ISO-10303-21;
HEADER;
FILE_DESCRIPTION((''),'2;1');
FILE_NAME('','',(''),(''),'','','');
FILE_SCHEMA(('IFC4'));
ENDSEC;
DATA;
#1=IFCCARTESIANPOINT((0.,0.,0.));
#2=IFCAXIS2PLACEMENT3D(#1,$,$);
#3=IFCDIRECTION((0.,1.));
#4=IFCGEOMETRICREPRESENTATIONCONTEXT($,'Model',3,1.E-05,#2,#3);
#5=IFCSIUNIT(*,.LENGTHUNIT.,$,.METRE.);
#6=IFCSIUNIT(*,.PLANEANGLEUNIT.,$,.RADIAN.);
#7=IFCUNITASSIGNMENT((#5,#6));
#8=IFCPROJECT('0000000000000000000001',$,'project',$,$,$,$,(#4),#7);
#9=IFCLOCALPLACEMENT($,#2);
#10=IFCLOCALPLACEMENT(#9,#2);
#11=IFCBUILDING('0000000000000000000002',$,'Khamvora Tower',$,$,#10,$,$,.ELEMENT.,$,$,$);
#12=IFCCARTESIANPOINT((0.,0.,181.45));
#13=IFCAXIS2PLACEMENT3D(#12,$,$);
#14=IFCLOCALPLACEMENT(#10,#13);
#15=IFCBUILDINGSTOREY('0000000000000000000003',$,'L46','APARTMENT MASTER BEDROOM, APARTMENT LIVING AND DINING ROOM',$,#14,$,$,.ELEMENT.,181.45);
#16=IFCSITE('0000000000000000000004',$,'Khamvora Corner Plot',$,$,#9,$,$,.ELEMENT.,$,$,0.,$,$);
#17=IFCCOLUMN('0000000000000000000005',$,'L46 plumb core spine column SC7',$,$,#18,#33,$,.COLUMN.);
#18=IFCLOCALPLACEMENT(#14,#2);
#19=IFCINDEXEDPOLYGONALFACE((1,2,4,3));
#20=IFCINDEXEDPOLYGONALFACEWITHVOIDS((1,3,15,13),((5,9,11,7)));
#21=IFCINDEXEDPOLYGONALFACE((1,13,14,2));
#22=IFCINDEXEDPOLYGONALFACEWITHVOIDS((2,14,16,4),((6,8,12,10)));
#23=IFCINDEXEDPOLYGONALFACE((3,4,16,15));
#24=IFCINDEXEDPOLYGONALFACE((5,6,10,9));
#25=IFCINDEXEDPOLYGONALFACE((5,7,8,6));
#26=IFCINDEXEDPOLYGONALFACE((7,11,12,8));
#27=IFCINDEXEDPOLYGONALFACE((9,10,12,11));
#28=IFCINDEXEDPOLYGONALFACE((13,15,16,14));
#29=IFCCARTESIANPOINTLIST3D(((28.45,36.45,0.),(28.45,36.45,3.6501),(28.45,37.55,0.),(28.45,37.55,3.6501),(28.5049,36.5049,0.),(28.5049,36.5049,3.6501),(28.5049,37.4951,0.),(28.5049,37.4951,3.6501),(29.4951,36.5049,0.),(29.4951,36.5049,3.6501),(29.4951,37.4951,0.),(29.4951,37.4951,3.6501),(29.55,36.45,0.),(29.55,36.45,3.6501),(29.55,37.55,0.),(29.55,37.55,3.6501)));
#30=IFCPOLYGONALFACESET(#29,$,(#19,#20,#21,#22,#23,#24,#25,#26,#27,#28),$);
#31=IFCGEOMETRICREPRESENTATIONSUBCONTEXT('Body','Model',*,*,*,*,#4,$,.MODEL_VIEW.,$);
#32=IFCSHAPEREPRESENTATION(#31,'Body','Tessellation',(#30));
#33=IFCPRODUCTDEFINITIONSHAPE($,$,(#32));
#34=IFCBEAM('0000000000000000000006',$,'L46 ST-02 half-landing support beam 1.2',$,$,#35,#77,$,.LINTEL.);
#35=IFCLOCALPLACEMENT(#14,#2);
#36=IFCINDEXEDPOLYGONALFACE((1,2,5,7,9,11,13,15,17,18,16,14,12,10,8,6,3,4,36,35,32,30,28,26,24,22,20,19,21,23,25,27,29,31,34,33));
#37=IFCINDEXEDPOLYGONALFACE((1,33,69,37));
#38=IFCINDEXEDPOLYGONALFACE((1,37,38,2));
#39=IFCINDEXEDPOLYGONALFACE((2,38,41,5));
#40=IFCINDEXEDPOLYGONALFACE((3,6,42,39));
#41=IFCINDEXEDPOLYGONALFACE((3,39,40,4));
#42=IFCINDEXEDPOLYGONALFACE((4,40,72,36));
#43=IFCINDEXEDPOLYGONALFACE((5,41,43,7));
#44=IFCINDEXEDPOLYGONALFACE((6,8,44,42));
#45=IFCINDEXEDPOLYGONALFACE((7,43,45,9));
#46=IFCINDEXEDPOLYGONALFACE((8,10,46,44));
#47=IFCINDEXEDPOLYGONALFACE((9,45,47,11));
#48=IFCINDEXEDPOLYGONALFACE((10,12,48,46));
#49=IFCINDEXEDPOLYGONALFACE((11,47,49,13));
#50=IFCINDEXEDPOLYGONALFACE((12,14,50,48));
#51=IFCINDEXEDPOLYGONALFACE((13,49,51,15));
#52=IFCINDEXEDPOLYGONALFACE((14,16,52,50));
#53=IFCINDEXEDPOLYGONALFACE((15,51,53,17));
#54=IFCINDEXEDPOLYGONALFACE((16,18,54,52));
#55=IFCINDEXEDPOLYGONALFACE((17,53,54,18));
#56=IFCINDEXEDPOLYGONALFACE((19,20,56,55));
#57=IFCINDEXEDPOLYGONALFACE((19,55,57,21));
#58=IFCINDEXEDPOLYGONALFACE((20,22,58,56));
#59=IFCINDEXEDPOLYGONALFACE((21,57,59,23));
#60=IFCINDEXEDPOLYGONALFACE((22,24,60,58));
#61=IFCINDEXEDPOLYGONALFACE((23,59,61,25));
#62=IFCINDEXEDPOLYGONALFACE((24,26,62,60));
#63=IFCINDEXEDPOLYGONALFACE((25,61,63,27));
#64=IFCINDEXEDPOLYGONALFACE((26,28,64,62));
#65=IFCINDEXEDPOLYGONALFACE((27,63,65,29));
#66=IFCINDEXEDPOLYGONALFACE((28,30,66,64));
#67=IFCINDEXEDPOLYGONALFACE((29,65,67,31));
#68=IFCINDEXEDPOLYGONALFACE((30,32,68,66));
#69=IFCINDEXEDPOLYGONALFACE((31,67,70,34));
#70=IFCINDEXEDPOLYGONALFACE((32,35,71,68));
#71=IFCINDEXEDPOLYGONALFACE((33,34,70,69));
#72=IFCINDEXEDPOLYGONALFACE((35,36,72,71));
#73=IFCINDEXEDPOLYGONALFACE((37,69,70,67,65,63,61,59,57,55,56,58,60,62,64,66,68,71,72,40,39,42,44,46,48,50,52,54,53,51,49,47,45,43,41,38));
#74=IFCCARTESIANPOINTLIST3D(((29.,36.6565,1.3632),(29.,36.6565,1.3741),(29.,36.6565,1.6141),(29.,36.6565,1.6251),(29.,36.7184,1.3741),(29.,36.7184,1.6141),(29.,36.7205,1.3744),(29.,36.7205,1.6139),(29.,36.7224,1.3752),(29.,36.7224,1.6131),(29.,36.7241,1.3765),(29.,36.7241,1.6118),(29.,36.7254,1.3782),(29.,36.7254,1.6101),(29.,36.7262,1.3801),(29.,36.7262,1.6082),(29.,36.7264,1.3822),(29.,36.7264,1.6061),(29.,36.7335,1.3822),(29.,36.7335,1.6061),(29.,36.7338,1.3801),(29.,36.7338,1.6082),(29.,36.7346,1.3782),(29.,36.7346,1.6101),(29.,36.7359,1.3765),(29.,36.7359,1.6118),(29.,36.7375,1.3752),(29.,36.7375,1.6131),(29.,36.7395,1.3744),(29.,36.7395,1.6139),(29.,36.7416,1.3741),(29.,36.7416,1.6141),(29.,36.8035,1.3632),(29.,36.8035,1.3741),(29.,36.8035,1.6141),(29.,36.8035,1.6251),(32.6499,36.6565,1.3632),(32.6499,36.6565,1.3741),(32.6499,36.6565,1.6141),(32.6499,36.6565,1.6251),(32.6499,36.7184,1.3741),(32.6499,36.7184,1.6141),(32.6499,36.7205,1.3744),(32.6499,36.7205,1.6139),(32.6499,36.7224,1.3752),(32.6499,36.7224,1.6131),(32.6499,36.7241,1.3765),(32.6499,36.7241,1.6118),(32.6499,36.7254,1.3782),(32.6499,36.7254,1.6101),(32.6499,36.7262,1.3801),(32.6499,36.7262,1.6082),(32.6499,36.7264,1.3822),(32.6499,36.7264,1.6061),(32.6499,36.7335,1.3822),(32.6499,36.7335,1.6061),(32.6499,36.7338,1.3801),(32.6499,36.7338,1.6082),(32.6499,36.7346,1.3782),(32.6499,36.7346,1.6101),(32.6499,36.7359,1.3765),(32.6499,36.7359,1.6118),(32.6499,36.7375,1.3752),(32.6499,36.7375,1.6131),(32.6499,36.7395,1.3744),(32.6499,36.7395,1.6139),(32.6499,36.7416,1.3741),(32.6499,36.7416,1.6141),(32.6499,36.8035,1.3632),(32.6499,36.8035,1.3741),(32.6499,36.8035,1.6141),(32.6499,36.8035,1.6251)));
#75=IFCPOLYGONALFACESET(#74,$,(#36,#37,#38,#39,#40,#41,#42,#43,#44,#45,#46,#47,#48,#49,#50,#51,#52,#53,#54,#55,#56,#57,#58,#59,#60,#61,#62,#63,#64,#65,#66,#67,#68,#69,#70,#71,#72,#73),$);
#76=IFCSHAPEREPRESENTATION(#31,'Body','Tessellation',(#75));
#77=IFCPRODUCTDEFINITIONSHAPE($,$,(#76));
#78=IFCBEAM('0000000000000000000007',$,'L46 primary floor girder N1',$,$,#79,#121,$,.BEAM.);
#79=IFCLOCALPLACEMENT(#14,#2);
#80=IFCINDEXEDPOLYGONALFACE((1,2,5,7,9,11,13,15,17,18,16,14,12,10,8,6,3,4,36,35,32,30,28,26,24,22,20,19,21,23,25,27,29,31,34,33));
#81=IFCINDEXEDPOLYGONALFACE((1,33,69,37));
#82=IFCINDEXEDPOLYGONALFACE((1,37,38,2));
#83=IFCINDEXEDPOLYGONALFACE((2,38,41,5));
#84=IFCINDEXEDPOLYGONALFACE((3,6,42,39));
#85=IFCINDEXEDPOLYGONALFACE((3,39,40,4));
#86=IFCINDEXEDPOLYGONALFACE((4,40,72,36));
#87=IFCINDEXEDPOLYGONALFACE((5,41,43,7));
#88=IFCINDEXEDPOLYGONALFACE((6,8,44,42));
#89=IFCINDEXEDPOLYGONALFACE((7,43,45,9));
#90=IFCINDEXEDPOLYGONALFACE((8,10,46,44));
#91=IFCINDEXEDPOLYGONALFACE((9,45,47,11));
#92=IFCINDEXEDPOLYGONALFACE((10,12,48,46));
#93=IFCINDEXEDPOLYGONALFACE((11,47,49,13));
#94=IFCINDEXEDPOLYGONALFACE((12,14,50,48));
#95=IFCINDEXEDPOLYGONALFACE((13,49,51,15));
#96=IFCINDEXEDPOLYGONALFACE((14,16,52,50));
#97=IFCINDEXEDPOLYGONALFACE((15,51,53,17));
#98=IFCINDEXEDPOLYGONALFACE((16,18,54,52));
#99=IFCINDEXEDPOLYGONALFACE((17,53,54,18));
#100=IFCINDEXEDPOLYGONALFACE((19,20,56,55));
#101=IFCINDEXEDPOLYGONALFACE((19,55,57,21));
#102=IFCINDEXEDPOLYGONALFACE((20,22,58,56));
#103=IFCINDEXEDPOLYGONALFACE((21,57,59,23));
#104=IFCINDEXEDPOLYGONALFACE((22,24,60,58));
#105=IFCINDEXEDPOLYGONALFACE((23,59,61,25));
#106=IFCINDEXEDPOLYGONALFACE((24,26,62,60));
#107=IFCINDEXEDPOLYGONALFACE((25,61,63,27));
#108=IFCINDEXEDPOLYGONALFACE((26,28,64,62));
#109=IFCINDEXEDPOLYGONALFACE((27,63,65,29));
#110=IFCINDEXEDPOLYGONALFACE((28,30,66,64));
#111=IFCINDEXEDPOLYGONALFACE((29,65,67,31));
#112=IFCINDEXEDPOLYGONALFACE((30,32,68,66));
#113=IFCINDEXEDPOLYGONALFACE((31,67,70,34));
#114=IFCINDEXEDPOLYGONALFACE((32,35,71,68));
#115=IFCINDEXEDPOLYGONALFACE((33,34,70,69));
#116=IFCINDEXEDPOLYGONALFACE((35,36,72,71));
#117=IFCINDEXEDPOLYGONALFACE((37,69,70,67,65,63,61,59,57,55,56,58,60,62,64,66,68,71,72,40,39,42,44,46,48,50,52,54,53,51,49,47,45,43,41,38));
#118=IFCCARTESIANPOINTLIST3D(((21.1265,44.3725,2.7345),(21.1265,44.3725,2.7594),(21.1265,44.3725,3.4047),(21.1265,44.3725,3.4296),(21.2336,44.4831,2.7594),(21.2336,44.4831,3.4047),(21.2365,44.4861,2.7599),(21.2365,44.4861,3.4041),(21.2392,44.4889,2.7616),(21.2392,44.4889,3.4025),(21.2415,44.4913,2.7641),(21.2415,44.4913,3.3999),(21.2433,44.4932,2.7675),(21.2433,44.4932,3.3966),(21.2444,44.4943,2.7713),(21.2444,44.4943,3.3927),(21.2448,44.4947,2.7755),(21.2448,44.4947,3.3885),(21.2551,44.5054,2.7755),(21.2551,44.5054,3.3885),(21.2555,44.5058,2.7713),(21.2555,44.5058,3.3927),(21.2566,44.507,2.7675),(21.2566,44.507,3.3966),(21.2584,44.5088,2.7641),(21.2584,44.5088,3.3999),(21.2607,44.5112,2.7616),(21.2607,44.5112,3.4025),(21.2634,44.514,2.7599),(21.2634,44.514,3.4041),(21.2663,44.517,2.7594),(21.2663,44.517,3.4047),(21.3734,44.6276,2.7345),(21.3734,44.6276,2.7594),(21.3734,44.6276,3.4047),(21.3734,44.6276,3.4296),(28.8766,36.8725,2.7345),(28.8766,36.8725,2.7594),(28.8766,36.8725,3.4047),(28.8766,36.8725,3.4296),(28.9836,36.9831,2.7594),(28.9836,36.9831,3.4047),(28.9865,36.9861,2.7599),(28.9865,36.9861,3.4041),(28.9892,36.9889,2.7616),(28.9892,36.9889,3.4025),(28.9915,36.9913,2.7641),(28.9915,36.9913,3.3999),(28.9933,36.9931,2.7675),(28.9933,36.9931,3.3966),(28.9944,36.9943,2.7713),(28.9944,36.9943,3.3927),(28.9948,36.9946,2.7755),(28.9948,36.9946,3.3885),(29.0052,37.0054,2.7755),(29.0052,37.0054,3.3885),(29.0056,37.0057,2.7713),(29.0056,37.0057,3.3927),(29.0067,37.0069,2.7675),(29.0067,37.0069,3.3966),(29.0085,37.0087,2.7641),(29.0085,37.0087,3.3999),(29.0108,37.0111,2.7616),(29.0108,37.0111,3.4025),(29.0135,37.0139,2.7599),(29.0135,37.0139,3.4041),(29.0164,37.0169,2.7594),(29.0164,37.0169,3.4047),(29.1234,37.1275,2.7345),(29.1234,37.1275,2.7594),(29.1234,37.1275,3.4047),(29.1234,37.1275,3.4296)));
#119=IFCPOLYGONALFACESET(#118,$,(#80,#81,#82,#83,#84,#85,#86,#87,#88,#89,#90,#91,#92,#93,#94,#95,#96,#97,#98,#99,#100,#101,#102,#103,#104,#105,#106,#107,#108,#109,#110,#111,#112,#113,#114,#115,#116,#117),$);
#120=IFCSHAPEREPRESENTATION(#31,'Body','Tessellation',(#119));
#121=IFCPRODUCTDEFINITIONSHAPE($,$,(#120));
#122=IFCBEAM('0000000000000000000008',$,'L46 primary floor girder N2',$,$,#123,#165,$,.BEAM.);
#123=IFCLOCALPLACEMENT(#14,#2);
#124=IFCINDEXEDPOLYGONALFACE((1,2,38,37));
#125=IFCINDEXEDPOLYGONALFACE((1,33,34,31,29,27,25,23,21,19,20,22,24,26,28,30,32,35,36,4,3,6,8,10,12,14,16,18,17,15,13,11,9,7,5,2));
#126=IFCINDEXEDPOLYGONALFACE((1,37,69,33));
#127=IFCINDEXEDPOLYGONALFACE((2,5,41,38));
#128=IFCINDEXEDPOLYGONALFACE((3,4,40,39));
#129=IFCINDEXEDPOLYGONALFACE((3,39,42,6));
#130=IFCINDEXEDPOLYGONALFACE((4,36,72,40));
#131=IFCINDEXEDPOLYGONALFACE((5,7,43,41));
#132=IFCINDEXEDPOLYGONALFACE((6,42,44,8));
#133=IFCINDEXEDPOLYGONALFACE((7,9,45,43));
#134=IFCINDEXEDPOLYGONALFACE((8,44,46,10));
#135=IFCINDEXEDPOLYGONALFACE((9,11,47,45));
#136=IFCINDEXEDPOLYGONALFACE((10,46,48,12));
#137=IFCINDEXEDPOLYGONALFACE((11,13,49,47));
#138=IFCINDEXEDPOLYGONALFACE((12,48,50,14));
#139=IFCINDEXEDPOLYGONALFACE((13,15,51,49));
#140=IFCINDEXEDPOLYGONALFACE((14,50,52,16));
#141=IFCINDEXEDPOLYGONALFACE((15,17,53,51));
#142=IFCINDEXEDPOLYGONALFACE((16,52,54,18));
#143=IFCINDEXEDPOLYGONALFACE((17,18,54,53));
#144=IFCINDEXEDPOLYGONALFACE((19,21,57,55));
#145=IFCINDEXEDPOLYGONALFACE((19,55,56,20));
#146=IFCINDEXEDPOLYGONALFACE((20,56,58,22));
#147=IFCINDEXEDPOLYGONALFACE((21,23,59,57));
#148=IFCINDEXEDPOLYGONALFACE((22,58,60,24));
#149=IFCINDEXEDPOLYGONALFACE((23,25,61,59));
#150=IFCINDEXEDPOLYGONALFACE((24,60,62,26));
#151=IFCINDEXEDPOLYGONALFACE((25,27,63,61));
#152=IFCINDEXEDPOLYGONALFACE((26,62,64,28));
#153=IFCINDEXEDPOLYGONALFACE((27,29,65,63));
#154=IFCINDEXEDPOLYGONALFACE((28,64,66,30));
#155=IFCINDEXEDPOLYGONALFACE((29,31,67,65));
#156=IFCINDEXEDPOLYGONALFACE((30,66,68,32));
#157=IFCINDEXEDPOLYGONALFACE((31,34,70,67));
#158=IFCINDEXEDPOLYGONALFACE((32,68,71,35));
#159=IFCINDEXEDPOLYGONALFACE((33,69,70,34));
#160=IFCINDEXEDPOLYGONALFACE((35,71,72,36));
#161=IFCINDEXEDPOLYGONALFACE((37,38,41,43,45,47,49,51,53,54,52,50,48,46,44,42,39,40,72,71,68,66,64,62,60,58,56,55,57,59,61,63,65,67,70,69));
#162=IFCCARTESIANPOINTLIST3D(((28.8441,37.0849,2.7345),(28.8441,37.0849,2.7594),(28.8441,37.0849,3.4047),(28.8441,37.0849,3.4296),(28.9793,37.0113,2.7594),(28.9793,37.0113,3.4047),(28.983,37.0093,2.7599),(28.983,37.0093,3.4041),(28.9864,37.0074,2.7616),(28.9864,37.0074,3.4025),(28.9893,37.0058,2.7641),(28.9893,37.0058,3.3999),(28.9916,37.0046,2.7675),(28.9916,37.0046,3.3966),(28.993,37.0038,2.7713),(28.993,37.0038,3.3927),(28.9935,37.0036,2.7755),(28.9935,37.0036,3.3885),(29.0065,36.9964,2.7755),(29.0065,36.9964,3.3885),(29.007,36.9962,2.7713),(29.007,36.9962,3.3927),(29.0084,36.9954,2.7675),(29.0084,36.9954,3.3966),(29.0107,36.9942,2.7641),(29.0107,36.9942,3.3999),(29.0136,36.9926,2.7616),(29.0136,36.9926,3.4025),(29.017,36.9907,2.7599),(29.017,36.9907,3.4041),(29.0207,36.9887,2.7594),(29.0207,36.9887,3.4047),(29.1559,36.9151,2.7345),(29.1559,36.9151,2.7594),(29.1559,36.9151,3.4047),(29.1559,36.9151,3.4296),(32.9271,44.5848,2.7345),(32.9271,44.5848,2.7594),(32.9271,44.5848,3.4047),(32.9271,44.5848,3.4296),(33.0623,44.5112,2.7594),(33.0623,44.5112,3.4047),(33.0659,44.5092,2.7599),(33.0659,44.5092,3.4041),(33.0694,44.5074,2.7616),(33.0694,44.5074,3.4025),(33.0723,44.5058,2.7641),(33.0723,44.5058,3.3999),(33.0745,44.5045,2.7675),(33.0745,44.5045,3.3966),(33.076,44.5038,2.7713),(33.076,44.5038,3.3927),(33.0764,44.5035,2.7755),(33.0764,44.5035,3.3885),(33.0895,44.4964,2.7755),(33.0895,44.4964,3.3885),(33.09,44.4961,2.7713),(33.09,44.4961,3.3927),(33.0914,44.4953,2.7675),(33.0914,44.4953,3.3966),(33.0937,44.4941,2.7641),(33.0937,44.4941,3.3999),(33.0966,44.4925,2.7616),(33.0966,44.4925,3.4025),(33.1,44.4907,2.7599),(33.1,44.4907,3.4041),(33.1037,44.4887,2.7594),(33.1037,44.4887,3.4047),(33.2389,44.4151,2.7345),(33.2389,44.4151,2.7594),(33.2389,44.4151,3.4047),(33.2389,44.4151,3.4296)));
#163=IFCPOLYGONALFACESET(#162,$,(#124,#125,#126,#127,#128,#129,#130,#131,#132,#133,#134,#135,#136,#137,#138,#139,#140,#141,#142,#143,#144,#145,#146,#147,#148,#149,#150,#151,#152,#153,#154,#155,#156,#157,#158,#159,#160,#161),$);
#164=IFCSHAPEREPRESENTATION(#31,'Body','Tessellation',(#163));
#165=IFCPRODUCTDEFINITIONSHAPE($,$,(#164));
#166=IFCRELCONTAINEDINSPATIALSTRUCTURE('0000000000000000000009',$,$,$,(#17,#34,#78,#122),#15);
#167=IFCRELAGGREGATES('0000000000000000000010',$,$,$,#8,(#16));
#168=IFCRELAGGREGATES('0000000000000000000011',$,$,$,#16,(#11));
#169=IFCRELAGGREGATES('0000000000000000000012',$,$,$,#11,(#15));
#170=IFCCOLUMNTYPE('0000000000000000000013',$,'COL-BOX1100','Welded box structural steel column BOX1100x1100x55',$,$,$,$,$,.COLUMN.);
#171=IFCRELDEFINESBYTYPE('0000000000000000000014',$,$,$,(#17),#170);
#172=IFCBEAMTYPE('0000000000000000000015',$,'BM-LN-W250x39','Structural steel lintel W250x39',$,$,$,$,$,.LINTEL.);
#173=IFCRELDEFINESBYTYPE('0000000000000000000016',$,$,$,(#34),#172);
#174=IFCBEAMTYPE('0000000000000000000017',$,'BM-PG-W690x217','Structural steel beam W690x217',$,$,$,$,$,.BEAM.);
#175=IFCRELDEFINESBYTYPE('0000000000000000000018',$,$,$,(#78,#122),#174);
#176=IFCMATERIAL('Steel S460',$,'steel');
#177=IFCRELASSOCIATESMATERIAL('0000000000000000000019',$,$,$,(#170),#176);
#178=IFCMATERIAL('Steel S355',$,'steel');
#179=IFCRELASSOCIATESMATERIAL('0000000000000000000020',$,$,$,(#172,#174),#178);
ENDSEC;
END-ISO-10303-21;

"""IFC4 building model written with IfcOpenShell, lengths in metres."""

from ifc_helpers import new_model, si_unit, direction, frame, origin, origin_2d, place, context, subcontext, project, spatial, hollow_rectangle, i_section, extrude, material, material_profile, profile_set, type_object, element, save


model = new_model("IFC4")

# Units and contexts
model_context = context("Model", 3, precision=1e-05, world=origin(), true_north=direction((0.0, 1.0)))
body_context = subcontext(model_context, "Body", "Model", "MODEL_VIEW")
ifc_project = project(units=[si_unit("LENGTHUNIT", "METRE"), si_unit("PLANEANGLEUNIT", "RADIAN")], contexts=[model_context])

# Site, building, storey
site_placement = place(None, origin())
site = spatial("IfcSite", under=ifc_project, at=site_placement, Name="Khamvora Corner Plot", CompositionType="ELEMENT", RefElevation=0.0)
building_placement = place(site_placement, origin())
building = spatial("IfcBuilding", under=site, at=building_placement, Name="Khamvora Tower", CompositionType="ELEMENT")
storey_placement = place(building_placement, frame((0.0, 0.0, 181.45)))
storey = spatial("IfcBuildingStorey", under=building, at=storey_placement, Name="L46", Description="APARTMENT MASTER BEDROOM, APARTMENT LIVING AND DINING ROOM", CompositionType="ELEMENT", Elevation=181.45)

# Column
ifc_material_1 = material(Name="Steel S460", Category="steel")
ifc_material_profile_1 = material_profile(ifc_material_1, hollow_rectangle(XDim=1.1001, YDim=1.1001, WallThickness=0.0549, at=origin_2d()), Name="BOX1100x1100x55")
ifc_profile_set_1 = profile_set([ifc_material_profile_1], Name="Steel S460")
column_type = type_object("IfcColumnType", Name="COL-BOX1100", Description="Welded box structural steel column BOX1100x1100x55", PredefinedType="COLUMN", material=ifc_profile_set_1)
column_placement = place(storey_placement, frame((29.0, 37.0, 0.0), z_axis=(0.0, 0.0, 1.0), x_axis=(1.0, 0.0, 0.0)))
element("IfcColumn", 1, at=column_placement, inside=storey, type_object=column_type, Name="L46 plumb core spine column SC7", PredefinedType="COLUMN", context=body_context, shape_type="SweptSolid", body=[
    extrude(hollow_rectangle(XDim=1.1001, YDim=1.1001, WallThickness=0.0549, at=origin_2d()), origin(), (0.0, 0.0, 1.0), 3.6501),
])

# Beams
ifc_material_2 = material(Name="Steel S355", Category="steel")
ifc_material_profile_2 = material_profile(ifc_material_2, i_section(OverallWidth=0.147, OverallDepth=0.262, WebThickness=0.0071, FlangeThickness=0.011, FilletRadius=0.0081, at=origin_2d()), Name="W250x39")
ifc_profile_set_2 = profile_set([ifc_material_profile_2], Name="Steel S355")
beam_type_1 = type_object("IfcBeamType", Name="BM-LN-W250x39", Description="Structural steel lintel W250x39", PredefinedType="LINTEL", material=ifc_profile_set_2)
beam_1_placement = place(storey_placement, frame((29.0, 36.73, 1.4941), z_axis=(1.0, 0.0, 0.0), x_axis=(0.0, 1.0, 0.0)))
element("IfcBeam", 2, at=beam_1_placement, inside=storey, type_object=beam_type_1, Name="L46 ST-02 half-landing support beam 1.2", PredefinedType="LINTEL", context=body_context, shape_type="SweptSolid", body=[
    extrude(i_section(OverallWidth=0.147, OverallDepth=0.262, WebThickness=0.0071, FlangeThickness=0.011, FilletRadius=0.0081, at=origin_2d()), origin(), (0.0, 0.0, 1.0), 3.6499),
])
ifc_material_profile_3 = material_profile(ifc_material_2, i_section(OverallWidth=0.355, OverallDepth=0.6951, WebThickness=0.0149, FlangeThickness=0.0249, FilletRadius=0.0161, at=origin_2d()), Name="W690x217")
ifc_profile_set_3 = profile_set([ifc_material_profile_3], Name="Steel S355")
beam_type_2 = type_object("IfcBeamType", Name="BM-PG-W690x217", Description="Structural steel beam W690x217", PredefinedType="BEAM", material=ifc_profile_set_3)
beam_2_placement = place(storey_placement, frame((29.0, 37.0, 3.082), z_axis=(-0.718602, 0.695421, 0.0), x_axis=(-0.695421, -0.718602, 0.0)))
element("IfcBeam", 3, at=beam_2_placement, inside=storey, type_object=beam_type_2, Name="L46 primary floor girder N1", PredefinedType="BEAM", context=body_context, shape_type="SweptSolid", body=[
    extrude(i_section(OverallWidth=0.355, OverallDepth=0.6951, WebThickness=0.0149, FlangeThickness=0.0249, FilletRadius=0.0161, at=origin_2d()), origin(), (0.0, 0.0, 1.0), 10.7849),
])
beam_3_placement = place(storey_placement, frame((29.0, 37.0, 3.082), z_axis=(0.478139, 0.878284, 0.0), x_axis=(-0.878284, 0.478139, 0.0)))
element("IfcBeam", 4, at=beam_3_placement, inside=storey, type_object=beam_type_2, Name="L46 primary floor girder N2", PredefinedType="BEAM", context=body_context, shape_type="SweptSolid", body=[
    extrude(i_section(OverallWidth=0.355, OverallDepth=0.6951, WebThickness=0.0149, FlangeThickness=0.0249, FilletRadius=0.0161, at=origin_2d()), origin(), (0.0, 0.0, 1.0), 8.5393),
])

save(model, "model.ifc")
